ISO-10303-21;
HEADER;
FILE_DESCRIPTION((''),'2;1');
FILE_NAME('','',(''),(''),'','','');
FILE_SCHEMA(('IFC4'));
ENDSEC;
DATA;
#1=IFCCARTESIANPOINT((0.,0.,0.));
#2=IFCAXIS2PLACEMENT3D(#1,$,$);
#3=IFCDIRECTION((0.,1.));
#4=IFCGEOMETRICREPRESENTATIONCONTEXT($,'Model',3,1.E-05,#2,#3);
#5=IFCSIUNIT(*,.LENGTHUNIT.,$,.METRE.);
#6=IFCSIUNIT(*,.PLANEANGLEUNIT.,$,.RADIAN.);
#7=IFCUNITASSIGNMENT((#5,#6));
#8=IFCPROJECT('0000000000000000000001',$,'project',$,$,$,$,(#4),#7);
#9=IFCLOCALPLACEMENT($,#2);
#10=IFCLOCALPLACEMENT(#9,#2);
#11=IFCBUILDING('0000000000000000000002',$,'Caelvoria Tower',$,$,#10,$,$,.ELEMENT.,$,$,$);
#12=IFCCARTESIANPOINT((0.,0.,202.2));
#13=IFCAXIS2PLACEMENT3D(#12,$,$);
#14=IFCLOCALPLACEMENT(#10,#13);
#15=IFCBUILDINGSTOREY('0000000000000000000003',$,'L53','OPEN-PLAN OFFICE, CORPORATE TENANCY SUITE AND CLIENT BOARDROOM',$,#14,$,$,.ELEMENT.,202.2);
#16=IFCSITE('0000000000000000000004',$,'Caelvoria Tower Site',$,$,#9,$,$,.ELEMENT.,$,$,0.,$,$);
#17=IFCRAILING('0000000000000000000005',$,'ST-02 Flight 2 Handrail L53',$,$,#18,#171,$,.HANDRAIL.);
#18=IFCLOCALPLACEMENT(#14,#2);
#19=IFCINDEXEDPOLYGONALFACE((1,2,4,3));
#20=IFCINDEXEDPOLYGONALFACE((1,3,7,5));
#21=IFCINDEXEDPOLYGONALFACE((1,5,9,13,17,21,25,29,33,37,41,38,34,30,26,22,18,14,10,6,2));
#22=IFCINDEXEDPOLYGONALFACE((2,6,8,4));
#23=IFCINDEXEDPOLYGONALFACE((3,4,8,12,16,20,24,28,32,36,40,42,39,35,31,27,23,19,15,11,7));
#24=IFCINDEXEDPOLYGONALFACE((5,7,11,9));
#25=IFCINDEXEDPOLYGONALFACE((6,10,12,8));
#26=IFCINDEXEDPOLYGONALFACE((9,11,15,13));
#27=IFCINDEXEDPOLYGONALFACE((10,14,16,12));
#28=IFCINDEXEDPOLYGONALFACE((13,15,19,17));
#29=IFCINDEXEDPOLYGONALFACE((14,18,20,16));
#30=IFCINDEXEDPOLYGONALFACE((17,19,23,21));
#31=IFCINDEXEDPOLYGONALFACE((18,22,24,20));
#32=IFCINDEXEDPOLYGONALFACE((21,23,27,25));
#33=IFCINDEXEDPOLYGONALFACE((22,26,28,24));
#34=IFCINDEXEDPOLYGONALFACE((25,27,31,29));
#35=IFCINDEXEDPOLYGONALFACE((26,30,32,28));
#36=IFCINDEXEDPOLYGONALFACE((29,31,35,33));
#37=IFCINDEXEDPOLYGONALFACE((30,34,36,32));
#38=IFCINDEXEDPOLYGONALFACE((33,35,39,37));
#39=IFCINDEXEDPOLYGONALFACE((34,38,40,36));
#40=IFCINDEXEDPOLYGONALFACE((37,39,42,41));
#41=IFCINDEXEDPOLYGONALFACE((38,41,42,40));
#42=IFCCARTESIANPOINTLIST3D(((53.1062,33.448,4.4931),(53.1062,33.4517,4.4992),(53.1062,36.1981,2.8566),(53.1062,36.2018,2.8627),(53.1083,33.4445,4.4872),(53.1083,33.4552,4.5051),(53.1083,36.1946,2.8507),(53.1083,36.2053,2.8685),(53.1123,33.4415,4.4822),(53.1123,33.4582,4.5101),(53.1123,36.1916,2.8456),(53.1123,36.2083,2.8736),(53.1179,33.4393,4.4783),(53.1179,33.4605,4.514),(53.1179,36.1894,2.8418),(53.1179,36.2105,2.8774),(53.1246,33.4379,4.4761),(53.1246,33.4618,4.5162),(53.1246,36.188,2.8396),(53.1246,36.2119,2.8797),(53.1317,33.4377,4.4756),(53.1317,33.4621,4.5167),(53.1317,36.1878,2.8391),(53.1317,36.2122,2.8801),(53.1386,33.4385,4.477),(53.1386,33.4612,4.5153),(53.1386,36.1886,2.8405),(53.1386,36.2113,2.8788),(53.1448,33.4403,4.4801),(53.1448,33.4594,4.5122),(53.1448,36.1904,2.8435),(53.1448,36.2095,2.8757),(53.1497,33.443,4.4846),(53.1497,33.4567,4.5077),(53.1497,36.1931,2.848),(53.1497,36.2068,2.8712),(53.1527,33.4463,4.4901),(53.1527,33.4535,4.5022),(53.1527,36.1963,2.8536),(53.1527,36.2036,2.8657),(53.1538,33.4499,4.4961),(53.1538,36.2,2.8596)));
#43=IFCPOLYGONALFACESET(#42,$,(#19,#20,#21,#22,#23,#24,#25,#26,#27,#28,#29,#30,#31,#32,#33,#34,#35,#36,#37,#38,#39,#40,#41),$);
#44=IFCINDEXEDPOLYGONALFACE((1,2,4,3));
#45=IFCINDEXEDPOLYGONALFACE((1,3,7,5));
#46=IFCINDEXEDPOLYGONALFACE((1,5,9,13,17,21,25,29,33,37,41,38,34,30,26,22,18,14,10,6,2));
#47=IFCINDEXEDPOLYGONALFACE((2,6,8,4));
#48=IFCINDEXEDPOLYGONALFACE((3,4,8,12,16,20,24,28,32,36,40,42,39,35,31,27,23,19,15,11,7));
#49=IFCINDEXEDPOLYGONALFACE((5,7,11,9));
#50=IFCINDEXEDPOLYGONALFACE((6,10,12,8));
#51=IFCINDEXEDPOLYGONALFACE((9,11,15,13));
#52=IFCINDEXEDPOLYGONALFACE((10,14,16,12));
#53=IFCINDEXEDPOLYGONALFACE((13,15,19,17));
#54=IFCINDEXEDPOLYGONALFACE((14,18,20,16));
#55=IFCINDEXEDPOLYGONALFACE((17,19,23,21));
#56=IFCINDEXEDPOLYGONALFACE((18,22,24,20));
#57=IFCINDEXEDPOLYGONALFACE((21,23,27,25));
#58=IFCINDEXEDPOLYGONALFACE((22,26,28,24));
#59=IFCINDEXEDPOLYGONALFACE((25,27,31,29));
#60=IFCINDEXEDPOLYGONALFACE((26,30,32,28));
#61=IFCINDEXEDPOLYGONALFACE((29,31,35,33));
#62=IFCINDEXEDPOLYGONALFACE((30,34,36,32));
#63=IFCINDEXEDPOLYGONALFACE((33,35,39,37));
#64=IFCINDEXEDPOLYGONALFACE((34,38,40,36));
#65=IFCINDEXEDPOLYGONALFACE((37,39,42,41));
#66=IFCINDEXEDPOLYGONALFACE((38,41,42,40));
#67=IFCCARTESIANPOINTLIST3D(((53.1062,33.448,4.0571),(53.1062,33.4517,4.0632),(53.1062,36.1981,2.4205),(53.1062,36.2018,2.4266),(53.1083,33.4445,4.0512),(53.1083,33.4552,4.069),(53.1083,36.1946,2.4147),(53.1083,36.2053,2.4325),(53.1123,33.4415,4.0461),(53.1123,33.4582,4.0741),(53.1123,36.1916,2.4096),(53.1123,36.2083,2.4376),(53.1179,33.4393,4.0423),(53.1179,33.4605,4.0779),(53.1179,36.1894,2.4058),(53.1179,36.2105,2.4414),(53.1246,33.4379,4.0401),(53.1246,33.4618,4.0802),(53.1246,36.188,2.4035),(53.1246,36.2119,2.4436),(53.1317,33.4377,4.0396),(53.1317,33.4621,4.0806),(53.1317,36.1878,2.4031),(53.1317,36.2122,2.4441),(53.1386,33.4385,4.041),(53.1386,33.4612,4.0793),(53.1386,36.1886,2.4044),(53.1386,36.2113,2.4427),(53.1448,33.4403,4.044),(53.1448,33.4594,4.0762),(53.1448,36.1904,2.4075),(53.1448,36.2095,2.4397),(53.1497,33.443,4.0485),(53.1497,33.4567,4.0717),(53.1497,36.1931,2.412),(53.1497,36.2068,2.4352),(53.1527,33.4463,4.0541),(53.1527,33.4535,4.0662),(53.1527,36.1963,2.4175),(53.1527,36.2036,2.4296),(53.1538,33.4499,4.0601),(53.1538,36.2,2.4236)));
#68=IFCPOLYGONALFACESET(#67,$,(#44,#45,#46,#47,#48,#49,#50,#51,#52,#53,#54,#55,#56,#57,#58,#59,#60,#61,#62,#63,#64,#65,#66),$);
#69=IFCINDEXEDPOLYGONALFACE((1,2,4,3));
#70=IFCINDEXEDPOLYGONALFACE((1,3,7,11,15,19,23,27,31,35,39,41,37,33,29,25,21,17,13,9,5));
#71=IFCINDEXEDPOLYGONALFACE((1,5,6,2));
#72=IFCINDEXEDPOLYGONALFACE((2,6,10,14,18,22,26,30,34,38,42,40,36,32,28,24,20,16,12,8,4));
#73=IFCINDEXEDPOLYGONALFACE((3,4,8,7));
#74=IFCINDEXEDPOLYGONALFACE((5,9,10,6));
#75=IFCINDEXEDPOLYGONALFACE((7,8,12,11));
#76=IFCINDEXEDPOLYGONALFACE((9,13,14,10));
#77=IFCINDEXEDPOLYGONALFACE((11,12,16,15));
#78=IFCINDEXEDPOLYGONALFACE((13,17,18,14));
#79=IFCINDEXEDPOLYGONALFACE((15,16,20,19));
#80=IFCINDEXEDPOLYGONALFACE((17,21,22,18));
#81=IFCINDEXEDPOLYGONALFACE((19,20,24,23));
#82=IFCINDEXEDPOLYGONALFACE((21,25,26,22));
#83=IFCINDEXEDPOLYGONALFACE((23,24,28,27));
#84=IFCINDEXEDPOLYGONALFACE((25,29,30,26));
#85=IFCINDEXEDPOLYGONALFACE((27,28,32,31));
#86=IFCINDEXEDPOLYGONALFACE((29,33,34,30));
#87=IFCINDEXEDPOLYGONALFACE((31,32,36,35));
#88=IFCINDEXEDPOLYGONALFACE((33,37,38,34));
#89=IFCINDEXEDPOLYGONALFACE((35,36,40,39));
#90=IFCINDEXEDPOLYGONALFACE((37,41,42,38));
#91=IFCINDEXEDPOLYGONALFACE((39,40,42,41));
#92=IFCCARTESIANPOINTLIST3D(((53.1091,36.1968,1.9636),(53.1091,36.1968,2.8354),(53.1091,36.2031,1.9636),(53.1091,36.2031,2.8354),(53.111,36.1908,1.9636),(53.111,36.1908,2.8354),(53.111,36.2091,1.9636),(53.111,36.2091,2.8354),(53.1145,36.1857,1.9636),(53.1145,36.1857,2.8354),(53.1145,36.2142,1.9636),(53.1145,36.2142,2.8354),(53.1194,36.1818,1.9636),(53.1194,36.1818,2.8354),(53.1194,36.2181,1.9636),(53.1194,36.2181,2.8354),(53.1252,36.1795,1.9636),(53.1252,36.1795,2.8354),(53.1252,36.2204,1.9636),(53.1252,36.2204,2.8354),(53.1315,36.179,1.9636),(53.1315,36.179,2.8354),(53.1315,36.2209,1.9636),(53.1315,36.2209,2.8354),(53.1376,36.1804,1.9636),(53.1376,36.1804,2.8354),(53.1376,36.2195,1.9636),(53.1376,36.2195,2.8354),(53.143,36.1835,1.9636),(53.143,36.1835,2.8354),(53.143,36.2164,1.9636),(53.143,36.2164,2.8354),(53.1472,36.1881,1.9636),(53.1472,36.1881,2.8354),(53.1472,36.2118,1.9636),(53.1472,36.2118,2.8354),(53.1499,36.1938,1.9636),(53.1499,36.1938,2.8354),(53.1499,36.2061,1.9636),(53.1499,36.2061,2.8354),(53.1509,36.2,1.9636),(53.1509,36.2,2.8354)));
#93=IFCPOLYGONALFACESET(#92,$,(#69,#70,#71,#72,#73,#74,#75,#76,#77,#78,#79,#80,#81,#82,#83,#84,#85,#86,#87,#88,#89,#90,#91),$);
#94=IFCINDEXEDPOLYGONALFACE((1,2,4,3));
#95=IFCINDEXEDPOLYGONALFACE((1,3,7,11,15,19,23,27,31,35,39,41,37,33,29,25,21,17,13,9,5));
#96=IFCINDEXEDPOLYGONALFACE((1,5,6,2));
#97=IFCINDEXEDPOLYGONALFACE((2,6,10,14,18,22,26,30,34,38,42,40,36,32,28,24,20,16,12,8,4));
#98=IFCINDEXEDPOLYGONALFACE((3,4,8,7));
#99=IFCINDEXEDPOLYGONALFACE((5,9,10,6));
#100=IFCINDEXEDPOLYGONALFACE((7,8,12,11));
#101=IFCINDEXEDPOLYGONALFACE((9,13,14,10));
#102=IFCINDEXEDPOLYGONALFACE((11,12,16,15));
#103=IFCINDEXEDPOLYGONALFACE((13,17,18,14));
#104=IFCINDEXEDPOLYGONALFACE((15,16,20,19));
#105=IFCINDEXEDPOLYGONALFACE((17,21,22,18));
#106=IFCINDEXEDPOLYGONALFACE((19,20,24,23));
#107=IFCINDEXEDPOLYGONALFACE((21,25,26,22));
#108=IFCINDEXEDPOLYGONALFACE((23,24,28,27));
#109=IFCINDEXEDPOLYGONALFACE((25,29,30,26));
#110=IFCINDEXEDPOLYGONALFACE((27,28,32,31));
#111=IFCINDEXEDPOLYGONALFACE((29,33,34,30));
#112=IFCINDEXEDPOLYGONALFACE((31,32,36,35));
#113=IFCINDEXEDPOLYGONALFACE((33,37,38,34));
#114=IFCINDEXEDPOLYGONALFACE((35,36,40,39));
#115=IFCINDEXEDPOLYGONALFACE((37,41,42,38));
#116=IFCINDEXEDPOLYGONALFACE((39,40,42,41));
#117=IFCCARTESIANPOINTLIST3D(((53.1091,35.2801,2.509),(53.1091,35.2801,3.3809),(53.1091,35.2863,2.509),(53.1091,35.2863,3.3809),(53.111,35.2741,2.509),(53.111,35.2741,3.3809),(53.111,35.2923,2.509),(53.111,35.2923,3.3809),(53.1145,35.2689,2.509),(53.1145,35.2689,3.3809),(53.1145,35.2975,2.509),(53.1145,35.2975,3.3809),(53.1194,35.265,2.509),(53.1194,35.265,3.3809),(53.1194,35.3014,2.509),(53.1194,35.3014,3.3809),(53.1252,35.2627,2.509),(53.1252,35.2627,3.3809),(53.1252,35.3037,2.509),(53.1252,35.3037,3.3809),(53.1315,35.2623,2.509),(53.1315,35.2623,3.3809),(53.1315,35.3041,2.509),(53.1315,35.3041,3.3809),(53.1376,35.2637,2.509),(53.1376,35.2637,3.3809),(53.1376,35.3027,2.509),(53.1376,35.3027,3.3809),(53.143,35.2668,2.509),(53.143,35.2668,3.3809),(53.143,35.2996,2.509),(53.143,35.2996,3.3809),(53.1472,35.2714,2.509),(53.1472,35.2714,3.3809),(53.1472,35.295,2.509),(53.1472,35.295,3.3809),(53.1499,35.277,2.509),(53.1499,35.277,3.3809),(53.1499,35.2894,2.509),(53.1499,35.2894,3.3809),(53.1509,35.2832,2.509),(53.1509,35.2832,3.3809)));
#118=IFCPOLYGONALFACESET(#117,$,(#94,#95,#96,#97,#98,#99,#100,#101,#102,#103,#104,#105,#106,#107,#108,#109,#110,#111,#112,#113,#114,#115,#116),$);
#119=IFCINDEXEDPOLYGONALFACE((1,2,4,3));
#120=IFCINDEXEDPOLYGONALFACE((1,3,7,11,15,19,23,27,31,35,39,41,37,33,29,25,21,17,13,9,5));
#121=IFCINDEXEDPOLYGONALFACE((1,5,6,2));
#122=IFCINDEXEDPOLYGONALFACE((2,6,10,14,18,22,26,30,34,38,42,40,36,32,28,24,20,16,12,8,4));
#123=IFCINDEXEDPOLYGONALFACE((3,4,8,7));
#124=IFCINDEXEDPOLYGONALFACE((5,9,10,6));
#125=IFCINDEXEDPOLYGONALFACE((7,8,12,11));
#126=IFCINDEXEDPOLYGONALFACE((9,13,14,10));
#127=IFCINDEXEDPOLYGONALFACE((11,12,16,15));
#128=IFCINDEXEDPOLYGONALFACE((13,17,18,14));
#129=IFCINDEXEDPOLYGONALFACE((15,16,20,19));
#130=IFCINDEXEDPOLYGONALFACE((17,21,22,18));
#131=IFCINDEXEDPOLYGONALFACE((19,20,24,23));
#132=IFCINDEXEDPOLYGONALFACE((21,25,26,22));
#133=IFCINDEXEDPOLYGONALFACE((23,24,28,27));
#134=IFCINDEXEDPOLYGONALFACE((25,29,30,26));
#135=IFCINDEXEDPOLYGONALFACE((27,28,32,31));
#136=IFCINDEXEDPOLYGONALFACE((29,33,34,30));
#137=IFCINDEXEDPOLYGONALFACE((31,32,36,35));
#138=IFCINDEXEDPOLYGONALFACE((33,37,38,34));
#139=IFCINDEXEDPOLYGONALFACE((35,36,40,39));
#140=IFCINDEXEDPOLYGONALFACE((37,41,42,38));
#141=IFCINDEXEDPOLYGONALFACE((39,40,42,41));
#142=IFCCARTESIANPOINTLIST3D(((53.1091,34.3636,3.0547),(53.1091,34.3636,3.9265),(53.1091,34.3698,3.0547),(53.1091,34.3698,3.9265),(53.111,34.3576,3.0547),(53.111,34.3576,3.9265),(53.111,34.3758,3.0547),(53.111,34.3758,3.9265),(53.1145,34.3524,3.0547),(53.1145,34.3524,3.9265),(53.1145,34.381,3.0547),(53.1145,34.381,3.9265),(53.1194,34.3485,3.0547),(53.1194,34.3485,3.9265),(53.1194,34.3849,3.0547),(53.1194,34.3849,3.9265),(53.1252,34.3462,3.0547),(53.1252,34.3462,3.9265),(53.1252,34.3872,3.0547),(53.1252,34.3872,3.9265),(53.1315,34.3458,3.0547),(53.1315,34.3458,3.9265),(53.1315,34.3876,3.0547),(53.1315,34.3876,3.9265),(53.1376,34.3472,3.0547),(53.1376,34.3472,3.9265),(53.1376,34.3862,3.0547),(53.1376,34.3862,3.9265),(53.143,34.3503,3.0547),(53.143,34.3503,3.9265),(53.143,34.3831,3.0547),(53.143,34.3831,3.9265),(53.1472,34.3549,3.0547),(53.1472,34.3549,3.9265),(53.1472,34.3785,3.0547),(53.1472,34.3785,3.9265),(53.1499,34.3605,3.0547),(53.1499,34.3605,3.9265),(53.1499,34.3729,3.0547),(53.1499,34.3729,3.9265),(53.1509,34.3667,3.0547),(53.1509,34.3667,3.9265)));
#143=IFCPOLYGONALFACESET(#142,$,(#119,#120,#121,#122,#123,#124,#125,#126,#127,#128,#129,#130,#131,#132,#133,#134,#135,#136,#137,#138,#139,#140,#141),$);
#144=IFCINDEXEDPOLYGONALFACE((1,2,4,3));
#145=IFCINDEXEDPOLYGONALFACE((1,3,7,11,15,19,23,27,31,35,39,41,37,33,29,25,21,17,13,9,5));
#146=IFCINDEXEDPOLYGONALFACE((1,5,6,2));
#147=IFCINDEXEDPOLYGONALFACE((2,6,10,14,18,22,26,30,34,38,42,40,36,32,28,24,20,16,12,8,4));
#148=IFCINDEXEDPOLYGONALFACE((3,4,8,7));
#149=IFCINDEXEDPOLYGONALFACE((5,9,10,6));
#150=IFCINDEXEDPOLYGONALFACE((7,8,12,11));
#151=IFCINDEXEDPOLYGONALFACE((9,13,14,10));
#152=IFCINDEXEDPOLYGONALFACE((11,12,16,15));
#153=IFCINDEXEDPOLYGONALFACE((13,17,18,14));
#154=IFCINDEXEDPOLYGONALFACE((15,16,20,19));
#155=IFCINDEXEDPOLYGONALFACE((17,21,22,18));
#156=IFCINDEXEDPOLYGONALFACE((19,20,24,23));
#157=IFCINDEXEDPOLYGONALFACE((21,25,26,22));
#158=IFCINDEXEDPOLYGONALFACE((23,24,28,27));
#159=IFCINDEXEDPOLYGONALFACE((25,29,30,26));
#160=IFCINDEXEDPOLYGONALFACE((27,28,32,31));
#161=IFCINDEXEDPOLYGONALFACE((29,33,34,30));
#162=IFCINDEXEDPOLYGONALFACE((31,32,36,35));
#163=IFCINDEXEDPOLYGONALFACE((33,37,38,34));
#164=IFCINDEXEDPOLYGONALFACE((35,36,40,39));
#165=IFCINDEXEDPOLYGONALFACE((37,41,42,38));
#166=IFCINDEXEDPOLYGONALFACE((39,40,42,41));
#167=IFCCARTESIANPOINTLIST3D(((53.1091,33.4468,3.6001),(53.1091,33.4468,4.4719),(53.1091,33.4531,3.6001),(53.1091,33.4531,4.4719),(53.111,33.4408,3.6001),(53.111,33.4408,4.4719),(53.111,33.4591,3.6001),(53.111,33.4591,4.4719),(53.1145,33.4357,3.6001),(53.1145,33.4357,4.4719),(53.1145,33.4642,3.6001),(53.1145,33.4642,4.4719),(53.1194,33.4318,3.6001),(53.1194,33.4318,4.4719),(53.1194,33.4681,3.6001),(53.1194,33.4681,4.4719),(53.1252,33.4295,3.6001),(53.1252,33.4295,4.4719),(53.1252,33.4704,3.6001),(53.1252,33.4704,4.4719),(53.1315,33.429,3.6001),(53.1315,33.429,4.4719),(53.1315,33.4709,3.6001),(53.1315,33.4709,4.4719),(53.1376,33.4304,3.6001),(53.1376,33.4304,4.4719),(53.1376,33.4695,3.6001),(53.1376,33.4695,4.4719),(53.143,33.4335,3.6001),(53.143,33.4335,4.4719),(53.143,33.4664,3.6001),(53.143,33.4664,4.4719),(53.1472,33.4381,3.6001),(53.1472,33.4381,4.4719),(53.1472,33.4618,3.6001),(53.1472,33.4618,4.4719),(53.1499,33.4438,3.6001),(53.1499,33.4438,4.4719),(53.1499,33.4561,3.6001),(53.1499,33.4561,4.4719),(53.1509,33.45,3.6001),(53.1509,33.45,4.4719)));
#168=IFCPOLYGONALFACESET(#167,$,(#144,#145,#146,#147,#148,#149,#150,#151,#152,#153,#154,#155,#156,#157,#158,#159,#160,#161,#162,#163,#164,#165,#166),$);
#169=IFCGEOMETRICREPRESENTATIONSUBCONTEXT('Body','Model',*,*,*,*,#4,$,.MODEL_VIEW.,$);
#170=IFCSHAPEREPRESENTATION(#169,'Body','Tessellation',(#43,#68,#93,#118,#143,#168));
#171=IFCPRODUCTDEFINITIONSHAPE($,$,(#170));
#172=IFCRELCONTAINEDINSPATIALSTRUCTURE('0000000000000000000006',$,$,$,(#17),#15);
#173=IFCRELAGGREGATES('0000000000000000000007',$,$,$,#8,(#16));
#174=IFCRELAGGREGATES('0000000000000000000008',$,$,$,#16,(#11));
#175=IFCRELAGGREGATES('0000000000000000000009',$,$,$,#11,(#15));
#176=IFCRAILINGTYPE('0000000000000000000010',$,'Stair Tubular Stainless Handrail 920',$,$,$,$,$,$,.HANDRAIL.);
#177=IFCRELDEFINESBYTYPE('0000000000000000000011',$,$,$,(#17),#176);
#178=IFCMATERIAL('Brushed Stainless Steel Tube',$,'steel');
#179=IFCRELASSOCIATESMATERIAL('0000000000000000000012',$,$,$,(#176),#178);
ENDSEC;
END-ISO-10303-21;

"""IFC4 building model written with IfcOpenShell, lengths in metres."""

from ifc_helpers import new_model, si_unit, direction, frame, origin, origin_2d, place, context, subcontext, project, spatial, circle, extrude, material, type_object, element, save


model = new_model("IFC4")

# Units and contexts
model_context = context("Model", 3, precision=1e-05, world=origin(), true_north=direction((0.0, 1.0)))
body_context = subcontext(model_context, "Body", "Model", "MODEL_VIEW")
ifc_project = project(units=[si_unit("LENGTHUNIT", "METRE"), si_unit("PLANEANGLEUNIT", "RADIAN")], contexts=[model_context])

# Site, building, storey
site_placement = place(None, origin())
site = spatial("IfcSite", under=ifc_project, at=site_placement, Name="Caelvoria Tower Site", CompositionType="ELEMENT", RefElevation=0.0)
building_placement = place(site_placement, origin())
building = spatial("IfcBuilding", under=site, at=building_placement, Name="Caelvoria Tower", CompositionType="ELEMENT")
storey_placement = place(building_placement, frame((0.0, 0.0, 202.2)))
storey = spatial("IfcBuildingStorey", under=building, at=storey_placement, Name="L53", Description="OPEN-PLAN OFFICE, CORPORATE TENANCY SUITE AND CLIENT BOARDROOM", CompositionType="ELEMENT", Elevation=202.2)

# Railing
ifc_material_1 = material(Name="Brushed Stainless Steel Tube", Category="steel")
railing_type_1 = type_object("IfcRailingType", Name="Stair Tubular Stainless Handrail 920", PredefinedType="HANDRAIL", material=ifc_material_1)
railing_1_placement = place(storey_placement, frame((53.1299, 36.2, 1.9636)))
element("IfcRailing", 1, at=railing_1_placement, inside=storey, type_object=railing_type_1, Name="ST-02 Flight 2 Handrail L53", PredefinedType="HANDRAIL", context=body_context, shape_type="SweptSolid", body=[
    extrude(circle(Radius=0.0239, at=origin_2d()), frame((0.0, 0.0, 0.896), z_axis=(0.0, -0.859352, 0.511385), x_axis=(1.0, 0.0, 0.0)), (0.0, 0.0, 1.0), 3.2002),
    extrude(circle(Radius=0.0239, at=origin_2d()), frame((0.0, 0.0, 0.46), z_axis=(0.0, -0.859352, 0.511385), x_axis=(1.0, 0.0, 0.0)), (0.0, 0.0, 1.0), 3.2002),
    extrude(circle(Radius=0.021, at=origin_2d()), origin(), (0.0, 0.0, 1.0), 0.8718),
    extrude(circle(Radius=0.021, at=origin_2d()), frame((0.0, -0.9167, 0.5454)), (0.0, 0.0, 1.0), 0.8718),
    extrude(circle(Radius=0.021, at=origin_2d()), frame((0.0, -1.8333, 1.0911)), (0.0, 0.0, 1.0), 0.8718),
    extrude(circle(Radius=0.021, at=origin_2d()), frame((0.0, -2.75, 1.6365)), (0.0, 0.0, 1.0), 0.8718),
])

save(model, "model.ifc")
